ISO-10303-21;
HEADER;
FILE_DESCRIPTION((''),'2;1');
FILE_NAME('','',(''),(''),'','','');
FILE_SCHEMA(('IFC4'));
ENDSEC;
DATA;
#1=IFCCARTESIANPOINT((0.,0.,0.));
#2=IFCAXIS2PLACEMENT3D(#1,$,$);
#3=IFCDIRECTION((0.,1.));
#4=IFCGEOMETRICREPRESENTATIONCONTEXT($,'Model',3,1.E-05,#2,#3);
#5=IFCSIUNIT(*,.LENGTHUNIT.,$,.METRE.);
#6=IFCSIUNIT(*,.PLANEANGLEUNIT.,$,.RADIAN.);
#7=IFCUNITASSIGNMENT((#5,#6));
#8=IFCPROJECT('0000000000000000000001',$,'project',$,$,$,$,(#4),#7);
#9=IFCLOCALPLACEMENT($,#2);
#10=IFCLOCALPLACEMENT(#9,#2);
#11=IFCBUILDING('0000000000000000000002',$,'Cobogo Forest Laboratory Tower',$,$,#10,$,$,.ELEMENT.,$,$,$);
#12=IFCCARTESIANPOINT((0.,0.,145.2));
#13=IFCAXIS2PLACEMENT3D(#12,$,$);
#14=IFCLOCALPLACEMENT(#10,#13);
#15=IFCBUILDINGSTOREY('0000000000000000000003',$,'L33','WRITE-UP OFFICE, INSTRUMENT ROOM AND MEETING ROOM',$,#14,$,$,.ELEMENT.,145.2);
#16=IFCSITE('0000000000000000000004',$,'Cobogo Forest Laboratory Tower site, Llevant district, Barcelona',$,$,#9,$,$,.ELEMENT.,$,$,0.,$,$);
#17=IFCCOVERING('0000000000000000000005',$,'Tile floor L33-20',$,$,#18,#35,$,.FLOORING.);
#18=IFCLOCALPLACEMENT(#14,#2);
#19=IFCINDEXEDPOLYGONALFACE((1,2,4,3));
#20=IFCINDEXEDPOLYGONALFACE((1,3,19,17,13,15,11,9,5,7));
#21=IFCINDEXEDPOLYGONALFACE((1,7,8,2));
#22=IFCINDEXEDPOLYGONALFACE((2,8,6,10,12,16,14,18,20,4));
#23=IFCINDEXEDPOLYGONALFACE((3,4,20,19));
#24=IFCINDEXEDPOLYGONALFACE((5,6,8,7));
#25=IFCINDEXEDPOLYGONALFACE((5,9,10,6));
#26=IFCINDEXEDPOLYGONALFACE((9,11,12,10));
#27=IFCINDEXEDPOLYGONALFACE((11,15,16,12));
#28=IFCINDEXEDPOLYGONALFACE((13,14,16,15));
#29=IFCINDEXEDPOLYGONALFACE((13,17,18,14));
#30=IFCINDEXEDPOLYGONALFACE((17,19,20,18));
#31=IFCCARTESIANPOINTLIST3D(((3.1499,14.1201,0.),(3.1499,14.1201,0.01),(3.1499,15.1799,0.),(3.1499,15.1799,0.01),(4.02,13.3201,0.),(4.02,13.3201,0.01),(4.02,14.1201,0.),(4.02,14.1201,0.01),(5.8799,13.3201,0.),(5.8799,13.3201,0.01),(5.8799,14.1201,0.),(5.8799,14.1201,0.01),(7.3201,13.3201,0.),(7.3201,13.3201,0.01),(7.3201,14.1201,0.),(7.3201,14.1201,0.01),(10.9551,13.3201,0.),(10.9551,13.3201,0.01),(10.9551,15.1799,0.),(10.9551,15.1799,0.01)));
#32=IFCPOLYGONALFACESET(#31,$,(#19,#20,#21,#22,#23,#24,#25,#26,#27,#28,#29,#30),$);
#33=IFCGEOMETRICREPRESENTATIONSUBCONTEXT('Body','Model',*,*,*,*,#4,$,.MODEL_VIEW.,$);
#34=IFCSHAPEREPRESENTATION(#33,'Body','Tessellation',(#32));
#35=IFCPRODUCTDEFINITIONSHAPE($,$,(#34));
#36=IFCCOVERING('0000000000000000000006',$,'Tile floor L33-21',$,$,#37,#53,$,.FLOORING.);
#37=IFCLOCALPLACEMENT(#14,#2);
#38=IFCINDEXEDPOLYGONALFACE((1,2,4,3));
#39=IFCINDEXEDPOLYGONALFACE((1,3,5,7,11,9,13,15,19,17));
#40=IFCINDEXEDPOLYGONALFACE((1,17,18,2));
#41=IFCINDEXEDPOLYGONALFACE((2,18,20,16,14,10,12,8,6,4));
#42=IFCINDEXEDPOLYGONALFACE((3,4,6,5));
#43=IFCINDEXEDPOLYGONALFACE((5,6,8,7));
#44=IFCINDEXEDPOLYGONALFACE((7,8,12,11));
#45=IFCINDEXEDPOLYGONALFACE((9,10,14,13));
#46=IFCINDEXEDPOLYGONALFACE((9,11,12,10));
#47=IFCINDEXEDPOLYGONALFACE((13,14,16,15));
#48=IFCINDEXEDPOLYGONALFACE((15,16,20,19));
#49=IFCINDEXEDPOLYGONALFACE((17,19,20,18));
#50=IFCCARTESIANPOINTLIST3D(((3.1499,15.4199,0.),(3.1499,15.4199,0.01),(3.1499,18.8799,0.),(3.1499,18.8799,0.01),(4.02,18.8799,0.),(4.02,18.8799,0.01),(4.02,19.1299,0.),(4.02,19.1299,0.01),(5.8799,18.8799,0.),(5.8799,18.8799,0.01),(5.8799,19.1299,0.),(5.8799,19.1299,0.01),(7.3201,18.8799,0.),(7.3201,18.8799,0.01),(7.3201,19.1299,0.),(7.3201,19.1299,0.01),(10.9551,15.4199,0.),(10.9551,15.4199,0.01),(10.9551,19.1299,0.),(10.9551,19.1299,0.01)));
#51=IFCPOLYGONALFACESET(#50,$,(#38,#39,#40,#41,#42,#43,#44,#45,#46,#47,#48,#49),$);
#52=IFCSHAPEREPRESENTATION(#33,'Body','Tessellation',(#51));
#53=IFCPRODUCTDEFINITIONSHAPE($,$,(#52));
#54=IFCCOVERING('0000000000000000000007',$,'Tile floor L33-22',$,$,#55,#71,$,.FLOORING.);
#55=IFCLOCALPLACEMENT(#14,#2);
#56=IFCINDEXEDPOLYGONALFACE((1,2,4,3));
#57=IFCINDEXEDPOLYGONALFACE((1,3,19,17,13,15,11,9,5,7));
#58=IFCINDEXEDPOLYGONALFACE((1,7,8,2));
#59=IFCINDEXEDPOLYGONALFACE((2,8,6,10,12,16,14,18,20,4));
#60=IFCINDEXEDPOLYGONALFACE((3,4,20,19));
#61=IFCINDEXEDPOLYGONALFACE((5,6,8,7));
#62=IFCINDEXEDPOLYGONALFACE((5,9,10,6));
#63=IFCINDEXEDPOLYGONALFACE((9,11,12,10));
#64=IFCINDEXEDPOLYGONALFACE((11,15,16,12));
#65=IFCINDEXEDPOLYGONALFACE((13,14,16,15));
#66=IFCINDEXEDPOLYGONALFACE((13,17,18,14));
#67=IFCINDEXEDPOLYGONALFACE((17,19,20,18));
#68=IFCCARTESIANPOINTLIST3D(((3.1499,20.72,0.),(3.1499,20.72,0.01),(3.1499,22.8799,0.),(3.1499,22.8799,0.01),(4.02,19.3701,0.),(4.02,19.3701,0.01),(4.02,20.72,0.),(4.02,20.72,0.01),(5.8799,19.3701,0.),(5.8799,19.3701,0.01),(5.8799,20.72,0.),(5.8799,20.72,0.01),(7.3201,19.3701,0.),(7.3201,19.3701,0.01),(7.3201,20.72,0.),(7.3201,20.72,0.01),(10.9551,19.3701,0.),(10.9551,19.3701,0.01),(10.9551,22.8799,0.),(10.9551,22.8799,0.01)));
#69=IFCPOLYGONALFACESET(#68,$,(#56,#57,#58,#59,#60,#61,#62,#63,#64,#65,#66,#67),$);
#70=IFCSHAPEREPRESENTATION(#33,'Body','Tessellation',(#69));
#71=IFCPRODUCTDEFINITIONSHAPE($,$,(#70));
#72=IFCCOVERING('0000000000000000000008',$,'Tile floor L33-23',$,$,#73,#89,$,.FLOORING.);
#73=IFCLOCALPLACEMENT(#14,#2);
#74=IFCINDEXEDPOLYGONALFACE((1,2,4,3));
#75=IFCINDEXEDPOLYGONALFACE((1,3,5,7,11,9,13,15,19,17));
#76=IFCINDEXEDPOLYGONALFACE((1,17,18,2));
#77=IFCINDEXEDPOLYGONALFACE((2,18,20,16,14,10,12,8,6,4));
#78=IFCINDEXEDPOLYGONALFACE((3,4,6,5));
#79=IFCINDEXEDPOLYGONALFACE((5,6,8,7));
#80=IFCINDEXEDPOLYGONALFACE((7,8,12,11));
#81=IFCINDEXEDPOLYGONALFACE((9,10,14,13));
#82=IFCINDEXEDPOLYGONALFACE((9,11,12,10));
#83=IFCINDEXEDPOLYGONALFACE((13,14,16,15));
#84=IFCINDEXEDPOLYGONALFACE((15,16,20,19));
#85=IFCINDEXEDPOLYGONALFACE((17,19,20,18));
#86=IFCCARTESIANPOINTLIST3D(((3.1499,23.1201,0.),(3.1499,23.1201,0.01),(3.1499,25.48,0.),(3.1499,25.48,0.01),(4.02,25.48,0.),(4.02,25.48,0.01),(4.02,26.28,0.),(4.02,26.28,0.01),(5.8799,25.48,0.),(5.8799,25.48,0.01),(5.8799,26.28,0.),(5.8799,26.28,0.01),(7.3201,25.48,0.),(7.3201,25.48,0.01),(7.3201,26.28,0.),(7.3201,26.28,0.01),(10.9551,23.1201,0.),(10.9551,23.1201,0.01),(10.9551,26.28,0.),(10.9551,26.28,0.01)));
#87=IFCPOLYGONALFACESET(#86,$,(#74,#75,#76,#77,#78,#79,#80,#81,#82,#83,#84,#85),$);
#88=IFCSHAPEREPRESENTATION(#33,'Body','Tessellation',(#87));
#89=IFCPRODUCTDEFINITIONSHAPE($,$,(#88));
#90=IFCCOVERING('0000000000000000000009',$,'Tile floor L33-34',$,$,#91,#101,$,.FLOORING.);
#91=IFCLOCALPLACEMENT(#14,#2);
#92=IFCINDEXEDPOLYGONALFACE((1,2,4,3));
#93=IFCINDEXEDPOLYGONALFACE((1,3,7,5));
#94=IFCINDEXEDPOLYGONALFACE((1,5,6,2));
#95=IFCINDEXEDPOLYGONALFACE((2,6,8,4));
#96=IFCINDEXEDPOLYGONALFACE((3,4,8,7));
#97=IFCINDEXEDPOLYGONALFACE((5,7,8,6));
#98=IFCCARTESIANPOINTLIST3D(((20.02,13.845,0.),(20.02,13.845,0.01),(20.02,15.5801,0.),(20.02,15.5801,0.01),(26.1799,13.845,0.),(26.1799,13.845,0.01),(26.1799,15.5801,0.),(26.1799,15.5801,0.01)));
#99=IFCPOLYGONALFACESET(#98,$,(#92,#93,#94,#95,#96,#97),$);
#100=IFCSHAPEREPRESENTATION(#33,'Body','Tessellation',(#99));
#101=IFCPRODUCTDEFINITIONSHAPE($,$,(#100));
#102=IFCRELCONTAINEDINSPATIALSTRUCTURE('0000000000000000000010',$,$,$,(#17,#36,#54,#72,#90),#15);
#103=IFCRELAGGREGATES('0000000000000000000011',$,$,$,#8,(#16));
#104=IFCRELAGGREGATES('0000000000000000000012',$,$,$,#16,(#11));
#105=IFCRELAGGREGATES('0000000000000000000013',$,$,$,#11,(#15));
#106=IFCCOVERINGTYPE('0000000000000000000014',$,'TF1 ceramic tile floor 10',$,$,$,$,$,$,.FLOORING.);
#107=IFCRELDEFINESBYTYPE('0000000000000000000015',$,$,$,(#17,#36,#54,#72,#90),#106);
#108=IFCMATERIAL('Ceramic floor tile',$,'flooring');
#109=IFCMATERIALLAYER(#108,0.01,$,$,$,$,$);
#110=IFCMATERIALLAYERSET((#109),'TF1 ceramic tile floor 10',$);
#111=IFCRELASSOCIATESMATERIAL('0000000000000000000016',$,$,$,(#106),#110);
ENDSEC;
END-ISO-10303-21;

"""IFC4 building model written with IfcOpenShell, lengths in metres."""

from ifc_helpers import new_model, si_unit, direction, frame, origin, place, context, subcontext, project, spatial, polyline, outline, extrude, material, layer, layer_set, type_object, element, save


model = new_model("IFC4")

# Units and contexts
model_context = context("Model", 3, precision=1e-05, world=origin(), true_north=direction((0.0, 1.0)))
body_context = subcontext(model_context, "Body", "Model", "MODEL_VIEW")
ifc_project = project(units=[si_unit("LENGTHUNIT", "METRE"), si_unit("PLANEANGLEUNIT", "RADIAN")], contexts=[model_context])

# Site, building, storey
site_placement = place(None, origin())
site = spatial("IfcSite", under=ifc_project, at=site_placement, Name="Cobogo Forest Laboratory Tower site, Llevant district, Barcelona", CompositionType="ELEMENT", RefElevation=0.0)
building_placement = place(site_placement, origin())
building = spatial("IfcBuilding", under=site, at=building_placement, Name="Cobogo Forest Laboratory Tower", CompositionType="ELEMENT")
storey_placement = place(building_placement, frame((0.0, 0.0, 145.2)))
storey = spatial("IfcBuildingStorey", under=building, at=storey_placement, Name="L33", Description="WRITE-UP OFFICE, INSTRUMENT ROOM AND MEETING ROOM", CompositionType="ELEMENT", Elevation=145.2)

# Coverings
ifc_material_1 = material(Name="Ceramic floor tile", Category="flooring")
ifc_layer_1 = layer(ifc_material_1, 0.01)
ifc_layer_set_1 = layer_set([ifc_layer_1], Name="TF1 ceramic tile floor 10")
covering_type_1 = type_object("IfcCoveringType", Name="TF1 ceramic tile floor 10", PredefinedType="FLOORING", material=ifc_layer_set_1)
covering_1_placement = place(storey_placement, origin())
element("IfcCovering", 1, at=covering_1_placement, inside=storey, type_object=covering_type_1, Name="Tile floor L33-20", PredefinedType="FLOORING", context=body_context, shape_type="SweptSolid", body=[
    extrude(outline(polyline([(10.9551, 13.3201), (7.3201, 13.3201), (7.3201, 14.1201), (5.8799, 14.1201), (5.8799, 13.3201), (4.02, 13.3201), (4.02, 14.1201), (3.1499, 14.1201), (3.1499, 15.1799), (10.9551, 15.1799), (10.9551, 13.3201)])), origin(), (0.0, 0.0, 1.0), 0.01),
])
covering_2_placement = place(storey_placement, origin())
element("IfcCovering", 2, at=covering_2_placement, inside=storey, type_object=covering_type_1, Name="Tile floor L33-21", PredefinedType="FLOORING", context=body_context, shape_type="SweptSolid", body=[
    extrude(outline(polyline([(10.9551, 15.4199), (3.1499, 15.4199), (3.1499, 18.8799), (4.02, 18.8799), (4.02, 19.1299), (5.8799, 19.1299), (5.8799, 18.8799), (7.3201, 18.8799), (7.3201, 19.1299), (10.9551, 19.1299), (10.9551, 15.4199)])), origin(), (0.0, 0.0, 1.0), 0.01),
])
covering_3_placement = place(storey_placement, origin())
element("IfcCovering", 3, at=covering_3_placement, inside=storey, type_object=covering_type_1, Name="Tile floor L33-22", PredefinedType="FLOORING", context=body_context, shape_type="SweptSolid", body=[
    extrude(outline(polyline([(10.9551, 19.3701), (7.3201, 19.3701), (7.3201, 20.72), (5.8799, 20.72), (5.8799, 19.3701), (4.02, 19.3701), (4.02, 20.72), (3.1499, 20.72), (3.1499, 22.8799), (10.9551, 22.8799), (10.9551, 19.3701)])), origin(), (0.0, 0.0, 1.0), 0.01),
])
covering_4_placement = place(storey_placement, origin())
element("IfcCovering", 4, at=covering_4_placement, inside=storey, type_object=covering_type_1, Name="Tile floor L33-23", PredefinedType="FLOORING", context=body_context, shape_type="SweptSolid", body=[
    extrude(outline(polyline([(10.9551, 23.1201), (3.1499, 23.1201), (3.1499, 25.48), (4.02, 25.48), (4.02, 26.28), (5.8799, 26.28), (5.8799, 25.48), (7.3201, 25.48), (7.3201, 26.28), (10.9551, 26.28), (10.9551, 23.1201)])), origin(), (0.0, 0.0, 1.0), 0.01),
])
covering_5_placement = place(storey_placement, origin())
element("IfcCovering", 5, at=covering_5_placement, inside=storey, type_object=covering_type_1, Name="Tile floor L33-34", PredefinedType="FLOORING", context=body_context, shape_type="SweptSolid", body=[
    extrude(outline(polyline([(26.1799, 13.845), (20.02, 13.845), (20.02, 15.5801), (26.1799, 15.5801), (26.1799, 13.845)])), origin(), (0.0, 0.0, 1.0), 0.01),
])

save(model, "model.ifc")
